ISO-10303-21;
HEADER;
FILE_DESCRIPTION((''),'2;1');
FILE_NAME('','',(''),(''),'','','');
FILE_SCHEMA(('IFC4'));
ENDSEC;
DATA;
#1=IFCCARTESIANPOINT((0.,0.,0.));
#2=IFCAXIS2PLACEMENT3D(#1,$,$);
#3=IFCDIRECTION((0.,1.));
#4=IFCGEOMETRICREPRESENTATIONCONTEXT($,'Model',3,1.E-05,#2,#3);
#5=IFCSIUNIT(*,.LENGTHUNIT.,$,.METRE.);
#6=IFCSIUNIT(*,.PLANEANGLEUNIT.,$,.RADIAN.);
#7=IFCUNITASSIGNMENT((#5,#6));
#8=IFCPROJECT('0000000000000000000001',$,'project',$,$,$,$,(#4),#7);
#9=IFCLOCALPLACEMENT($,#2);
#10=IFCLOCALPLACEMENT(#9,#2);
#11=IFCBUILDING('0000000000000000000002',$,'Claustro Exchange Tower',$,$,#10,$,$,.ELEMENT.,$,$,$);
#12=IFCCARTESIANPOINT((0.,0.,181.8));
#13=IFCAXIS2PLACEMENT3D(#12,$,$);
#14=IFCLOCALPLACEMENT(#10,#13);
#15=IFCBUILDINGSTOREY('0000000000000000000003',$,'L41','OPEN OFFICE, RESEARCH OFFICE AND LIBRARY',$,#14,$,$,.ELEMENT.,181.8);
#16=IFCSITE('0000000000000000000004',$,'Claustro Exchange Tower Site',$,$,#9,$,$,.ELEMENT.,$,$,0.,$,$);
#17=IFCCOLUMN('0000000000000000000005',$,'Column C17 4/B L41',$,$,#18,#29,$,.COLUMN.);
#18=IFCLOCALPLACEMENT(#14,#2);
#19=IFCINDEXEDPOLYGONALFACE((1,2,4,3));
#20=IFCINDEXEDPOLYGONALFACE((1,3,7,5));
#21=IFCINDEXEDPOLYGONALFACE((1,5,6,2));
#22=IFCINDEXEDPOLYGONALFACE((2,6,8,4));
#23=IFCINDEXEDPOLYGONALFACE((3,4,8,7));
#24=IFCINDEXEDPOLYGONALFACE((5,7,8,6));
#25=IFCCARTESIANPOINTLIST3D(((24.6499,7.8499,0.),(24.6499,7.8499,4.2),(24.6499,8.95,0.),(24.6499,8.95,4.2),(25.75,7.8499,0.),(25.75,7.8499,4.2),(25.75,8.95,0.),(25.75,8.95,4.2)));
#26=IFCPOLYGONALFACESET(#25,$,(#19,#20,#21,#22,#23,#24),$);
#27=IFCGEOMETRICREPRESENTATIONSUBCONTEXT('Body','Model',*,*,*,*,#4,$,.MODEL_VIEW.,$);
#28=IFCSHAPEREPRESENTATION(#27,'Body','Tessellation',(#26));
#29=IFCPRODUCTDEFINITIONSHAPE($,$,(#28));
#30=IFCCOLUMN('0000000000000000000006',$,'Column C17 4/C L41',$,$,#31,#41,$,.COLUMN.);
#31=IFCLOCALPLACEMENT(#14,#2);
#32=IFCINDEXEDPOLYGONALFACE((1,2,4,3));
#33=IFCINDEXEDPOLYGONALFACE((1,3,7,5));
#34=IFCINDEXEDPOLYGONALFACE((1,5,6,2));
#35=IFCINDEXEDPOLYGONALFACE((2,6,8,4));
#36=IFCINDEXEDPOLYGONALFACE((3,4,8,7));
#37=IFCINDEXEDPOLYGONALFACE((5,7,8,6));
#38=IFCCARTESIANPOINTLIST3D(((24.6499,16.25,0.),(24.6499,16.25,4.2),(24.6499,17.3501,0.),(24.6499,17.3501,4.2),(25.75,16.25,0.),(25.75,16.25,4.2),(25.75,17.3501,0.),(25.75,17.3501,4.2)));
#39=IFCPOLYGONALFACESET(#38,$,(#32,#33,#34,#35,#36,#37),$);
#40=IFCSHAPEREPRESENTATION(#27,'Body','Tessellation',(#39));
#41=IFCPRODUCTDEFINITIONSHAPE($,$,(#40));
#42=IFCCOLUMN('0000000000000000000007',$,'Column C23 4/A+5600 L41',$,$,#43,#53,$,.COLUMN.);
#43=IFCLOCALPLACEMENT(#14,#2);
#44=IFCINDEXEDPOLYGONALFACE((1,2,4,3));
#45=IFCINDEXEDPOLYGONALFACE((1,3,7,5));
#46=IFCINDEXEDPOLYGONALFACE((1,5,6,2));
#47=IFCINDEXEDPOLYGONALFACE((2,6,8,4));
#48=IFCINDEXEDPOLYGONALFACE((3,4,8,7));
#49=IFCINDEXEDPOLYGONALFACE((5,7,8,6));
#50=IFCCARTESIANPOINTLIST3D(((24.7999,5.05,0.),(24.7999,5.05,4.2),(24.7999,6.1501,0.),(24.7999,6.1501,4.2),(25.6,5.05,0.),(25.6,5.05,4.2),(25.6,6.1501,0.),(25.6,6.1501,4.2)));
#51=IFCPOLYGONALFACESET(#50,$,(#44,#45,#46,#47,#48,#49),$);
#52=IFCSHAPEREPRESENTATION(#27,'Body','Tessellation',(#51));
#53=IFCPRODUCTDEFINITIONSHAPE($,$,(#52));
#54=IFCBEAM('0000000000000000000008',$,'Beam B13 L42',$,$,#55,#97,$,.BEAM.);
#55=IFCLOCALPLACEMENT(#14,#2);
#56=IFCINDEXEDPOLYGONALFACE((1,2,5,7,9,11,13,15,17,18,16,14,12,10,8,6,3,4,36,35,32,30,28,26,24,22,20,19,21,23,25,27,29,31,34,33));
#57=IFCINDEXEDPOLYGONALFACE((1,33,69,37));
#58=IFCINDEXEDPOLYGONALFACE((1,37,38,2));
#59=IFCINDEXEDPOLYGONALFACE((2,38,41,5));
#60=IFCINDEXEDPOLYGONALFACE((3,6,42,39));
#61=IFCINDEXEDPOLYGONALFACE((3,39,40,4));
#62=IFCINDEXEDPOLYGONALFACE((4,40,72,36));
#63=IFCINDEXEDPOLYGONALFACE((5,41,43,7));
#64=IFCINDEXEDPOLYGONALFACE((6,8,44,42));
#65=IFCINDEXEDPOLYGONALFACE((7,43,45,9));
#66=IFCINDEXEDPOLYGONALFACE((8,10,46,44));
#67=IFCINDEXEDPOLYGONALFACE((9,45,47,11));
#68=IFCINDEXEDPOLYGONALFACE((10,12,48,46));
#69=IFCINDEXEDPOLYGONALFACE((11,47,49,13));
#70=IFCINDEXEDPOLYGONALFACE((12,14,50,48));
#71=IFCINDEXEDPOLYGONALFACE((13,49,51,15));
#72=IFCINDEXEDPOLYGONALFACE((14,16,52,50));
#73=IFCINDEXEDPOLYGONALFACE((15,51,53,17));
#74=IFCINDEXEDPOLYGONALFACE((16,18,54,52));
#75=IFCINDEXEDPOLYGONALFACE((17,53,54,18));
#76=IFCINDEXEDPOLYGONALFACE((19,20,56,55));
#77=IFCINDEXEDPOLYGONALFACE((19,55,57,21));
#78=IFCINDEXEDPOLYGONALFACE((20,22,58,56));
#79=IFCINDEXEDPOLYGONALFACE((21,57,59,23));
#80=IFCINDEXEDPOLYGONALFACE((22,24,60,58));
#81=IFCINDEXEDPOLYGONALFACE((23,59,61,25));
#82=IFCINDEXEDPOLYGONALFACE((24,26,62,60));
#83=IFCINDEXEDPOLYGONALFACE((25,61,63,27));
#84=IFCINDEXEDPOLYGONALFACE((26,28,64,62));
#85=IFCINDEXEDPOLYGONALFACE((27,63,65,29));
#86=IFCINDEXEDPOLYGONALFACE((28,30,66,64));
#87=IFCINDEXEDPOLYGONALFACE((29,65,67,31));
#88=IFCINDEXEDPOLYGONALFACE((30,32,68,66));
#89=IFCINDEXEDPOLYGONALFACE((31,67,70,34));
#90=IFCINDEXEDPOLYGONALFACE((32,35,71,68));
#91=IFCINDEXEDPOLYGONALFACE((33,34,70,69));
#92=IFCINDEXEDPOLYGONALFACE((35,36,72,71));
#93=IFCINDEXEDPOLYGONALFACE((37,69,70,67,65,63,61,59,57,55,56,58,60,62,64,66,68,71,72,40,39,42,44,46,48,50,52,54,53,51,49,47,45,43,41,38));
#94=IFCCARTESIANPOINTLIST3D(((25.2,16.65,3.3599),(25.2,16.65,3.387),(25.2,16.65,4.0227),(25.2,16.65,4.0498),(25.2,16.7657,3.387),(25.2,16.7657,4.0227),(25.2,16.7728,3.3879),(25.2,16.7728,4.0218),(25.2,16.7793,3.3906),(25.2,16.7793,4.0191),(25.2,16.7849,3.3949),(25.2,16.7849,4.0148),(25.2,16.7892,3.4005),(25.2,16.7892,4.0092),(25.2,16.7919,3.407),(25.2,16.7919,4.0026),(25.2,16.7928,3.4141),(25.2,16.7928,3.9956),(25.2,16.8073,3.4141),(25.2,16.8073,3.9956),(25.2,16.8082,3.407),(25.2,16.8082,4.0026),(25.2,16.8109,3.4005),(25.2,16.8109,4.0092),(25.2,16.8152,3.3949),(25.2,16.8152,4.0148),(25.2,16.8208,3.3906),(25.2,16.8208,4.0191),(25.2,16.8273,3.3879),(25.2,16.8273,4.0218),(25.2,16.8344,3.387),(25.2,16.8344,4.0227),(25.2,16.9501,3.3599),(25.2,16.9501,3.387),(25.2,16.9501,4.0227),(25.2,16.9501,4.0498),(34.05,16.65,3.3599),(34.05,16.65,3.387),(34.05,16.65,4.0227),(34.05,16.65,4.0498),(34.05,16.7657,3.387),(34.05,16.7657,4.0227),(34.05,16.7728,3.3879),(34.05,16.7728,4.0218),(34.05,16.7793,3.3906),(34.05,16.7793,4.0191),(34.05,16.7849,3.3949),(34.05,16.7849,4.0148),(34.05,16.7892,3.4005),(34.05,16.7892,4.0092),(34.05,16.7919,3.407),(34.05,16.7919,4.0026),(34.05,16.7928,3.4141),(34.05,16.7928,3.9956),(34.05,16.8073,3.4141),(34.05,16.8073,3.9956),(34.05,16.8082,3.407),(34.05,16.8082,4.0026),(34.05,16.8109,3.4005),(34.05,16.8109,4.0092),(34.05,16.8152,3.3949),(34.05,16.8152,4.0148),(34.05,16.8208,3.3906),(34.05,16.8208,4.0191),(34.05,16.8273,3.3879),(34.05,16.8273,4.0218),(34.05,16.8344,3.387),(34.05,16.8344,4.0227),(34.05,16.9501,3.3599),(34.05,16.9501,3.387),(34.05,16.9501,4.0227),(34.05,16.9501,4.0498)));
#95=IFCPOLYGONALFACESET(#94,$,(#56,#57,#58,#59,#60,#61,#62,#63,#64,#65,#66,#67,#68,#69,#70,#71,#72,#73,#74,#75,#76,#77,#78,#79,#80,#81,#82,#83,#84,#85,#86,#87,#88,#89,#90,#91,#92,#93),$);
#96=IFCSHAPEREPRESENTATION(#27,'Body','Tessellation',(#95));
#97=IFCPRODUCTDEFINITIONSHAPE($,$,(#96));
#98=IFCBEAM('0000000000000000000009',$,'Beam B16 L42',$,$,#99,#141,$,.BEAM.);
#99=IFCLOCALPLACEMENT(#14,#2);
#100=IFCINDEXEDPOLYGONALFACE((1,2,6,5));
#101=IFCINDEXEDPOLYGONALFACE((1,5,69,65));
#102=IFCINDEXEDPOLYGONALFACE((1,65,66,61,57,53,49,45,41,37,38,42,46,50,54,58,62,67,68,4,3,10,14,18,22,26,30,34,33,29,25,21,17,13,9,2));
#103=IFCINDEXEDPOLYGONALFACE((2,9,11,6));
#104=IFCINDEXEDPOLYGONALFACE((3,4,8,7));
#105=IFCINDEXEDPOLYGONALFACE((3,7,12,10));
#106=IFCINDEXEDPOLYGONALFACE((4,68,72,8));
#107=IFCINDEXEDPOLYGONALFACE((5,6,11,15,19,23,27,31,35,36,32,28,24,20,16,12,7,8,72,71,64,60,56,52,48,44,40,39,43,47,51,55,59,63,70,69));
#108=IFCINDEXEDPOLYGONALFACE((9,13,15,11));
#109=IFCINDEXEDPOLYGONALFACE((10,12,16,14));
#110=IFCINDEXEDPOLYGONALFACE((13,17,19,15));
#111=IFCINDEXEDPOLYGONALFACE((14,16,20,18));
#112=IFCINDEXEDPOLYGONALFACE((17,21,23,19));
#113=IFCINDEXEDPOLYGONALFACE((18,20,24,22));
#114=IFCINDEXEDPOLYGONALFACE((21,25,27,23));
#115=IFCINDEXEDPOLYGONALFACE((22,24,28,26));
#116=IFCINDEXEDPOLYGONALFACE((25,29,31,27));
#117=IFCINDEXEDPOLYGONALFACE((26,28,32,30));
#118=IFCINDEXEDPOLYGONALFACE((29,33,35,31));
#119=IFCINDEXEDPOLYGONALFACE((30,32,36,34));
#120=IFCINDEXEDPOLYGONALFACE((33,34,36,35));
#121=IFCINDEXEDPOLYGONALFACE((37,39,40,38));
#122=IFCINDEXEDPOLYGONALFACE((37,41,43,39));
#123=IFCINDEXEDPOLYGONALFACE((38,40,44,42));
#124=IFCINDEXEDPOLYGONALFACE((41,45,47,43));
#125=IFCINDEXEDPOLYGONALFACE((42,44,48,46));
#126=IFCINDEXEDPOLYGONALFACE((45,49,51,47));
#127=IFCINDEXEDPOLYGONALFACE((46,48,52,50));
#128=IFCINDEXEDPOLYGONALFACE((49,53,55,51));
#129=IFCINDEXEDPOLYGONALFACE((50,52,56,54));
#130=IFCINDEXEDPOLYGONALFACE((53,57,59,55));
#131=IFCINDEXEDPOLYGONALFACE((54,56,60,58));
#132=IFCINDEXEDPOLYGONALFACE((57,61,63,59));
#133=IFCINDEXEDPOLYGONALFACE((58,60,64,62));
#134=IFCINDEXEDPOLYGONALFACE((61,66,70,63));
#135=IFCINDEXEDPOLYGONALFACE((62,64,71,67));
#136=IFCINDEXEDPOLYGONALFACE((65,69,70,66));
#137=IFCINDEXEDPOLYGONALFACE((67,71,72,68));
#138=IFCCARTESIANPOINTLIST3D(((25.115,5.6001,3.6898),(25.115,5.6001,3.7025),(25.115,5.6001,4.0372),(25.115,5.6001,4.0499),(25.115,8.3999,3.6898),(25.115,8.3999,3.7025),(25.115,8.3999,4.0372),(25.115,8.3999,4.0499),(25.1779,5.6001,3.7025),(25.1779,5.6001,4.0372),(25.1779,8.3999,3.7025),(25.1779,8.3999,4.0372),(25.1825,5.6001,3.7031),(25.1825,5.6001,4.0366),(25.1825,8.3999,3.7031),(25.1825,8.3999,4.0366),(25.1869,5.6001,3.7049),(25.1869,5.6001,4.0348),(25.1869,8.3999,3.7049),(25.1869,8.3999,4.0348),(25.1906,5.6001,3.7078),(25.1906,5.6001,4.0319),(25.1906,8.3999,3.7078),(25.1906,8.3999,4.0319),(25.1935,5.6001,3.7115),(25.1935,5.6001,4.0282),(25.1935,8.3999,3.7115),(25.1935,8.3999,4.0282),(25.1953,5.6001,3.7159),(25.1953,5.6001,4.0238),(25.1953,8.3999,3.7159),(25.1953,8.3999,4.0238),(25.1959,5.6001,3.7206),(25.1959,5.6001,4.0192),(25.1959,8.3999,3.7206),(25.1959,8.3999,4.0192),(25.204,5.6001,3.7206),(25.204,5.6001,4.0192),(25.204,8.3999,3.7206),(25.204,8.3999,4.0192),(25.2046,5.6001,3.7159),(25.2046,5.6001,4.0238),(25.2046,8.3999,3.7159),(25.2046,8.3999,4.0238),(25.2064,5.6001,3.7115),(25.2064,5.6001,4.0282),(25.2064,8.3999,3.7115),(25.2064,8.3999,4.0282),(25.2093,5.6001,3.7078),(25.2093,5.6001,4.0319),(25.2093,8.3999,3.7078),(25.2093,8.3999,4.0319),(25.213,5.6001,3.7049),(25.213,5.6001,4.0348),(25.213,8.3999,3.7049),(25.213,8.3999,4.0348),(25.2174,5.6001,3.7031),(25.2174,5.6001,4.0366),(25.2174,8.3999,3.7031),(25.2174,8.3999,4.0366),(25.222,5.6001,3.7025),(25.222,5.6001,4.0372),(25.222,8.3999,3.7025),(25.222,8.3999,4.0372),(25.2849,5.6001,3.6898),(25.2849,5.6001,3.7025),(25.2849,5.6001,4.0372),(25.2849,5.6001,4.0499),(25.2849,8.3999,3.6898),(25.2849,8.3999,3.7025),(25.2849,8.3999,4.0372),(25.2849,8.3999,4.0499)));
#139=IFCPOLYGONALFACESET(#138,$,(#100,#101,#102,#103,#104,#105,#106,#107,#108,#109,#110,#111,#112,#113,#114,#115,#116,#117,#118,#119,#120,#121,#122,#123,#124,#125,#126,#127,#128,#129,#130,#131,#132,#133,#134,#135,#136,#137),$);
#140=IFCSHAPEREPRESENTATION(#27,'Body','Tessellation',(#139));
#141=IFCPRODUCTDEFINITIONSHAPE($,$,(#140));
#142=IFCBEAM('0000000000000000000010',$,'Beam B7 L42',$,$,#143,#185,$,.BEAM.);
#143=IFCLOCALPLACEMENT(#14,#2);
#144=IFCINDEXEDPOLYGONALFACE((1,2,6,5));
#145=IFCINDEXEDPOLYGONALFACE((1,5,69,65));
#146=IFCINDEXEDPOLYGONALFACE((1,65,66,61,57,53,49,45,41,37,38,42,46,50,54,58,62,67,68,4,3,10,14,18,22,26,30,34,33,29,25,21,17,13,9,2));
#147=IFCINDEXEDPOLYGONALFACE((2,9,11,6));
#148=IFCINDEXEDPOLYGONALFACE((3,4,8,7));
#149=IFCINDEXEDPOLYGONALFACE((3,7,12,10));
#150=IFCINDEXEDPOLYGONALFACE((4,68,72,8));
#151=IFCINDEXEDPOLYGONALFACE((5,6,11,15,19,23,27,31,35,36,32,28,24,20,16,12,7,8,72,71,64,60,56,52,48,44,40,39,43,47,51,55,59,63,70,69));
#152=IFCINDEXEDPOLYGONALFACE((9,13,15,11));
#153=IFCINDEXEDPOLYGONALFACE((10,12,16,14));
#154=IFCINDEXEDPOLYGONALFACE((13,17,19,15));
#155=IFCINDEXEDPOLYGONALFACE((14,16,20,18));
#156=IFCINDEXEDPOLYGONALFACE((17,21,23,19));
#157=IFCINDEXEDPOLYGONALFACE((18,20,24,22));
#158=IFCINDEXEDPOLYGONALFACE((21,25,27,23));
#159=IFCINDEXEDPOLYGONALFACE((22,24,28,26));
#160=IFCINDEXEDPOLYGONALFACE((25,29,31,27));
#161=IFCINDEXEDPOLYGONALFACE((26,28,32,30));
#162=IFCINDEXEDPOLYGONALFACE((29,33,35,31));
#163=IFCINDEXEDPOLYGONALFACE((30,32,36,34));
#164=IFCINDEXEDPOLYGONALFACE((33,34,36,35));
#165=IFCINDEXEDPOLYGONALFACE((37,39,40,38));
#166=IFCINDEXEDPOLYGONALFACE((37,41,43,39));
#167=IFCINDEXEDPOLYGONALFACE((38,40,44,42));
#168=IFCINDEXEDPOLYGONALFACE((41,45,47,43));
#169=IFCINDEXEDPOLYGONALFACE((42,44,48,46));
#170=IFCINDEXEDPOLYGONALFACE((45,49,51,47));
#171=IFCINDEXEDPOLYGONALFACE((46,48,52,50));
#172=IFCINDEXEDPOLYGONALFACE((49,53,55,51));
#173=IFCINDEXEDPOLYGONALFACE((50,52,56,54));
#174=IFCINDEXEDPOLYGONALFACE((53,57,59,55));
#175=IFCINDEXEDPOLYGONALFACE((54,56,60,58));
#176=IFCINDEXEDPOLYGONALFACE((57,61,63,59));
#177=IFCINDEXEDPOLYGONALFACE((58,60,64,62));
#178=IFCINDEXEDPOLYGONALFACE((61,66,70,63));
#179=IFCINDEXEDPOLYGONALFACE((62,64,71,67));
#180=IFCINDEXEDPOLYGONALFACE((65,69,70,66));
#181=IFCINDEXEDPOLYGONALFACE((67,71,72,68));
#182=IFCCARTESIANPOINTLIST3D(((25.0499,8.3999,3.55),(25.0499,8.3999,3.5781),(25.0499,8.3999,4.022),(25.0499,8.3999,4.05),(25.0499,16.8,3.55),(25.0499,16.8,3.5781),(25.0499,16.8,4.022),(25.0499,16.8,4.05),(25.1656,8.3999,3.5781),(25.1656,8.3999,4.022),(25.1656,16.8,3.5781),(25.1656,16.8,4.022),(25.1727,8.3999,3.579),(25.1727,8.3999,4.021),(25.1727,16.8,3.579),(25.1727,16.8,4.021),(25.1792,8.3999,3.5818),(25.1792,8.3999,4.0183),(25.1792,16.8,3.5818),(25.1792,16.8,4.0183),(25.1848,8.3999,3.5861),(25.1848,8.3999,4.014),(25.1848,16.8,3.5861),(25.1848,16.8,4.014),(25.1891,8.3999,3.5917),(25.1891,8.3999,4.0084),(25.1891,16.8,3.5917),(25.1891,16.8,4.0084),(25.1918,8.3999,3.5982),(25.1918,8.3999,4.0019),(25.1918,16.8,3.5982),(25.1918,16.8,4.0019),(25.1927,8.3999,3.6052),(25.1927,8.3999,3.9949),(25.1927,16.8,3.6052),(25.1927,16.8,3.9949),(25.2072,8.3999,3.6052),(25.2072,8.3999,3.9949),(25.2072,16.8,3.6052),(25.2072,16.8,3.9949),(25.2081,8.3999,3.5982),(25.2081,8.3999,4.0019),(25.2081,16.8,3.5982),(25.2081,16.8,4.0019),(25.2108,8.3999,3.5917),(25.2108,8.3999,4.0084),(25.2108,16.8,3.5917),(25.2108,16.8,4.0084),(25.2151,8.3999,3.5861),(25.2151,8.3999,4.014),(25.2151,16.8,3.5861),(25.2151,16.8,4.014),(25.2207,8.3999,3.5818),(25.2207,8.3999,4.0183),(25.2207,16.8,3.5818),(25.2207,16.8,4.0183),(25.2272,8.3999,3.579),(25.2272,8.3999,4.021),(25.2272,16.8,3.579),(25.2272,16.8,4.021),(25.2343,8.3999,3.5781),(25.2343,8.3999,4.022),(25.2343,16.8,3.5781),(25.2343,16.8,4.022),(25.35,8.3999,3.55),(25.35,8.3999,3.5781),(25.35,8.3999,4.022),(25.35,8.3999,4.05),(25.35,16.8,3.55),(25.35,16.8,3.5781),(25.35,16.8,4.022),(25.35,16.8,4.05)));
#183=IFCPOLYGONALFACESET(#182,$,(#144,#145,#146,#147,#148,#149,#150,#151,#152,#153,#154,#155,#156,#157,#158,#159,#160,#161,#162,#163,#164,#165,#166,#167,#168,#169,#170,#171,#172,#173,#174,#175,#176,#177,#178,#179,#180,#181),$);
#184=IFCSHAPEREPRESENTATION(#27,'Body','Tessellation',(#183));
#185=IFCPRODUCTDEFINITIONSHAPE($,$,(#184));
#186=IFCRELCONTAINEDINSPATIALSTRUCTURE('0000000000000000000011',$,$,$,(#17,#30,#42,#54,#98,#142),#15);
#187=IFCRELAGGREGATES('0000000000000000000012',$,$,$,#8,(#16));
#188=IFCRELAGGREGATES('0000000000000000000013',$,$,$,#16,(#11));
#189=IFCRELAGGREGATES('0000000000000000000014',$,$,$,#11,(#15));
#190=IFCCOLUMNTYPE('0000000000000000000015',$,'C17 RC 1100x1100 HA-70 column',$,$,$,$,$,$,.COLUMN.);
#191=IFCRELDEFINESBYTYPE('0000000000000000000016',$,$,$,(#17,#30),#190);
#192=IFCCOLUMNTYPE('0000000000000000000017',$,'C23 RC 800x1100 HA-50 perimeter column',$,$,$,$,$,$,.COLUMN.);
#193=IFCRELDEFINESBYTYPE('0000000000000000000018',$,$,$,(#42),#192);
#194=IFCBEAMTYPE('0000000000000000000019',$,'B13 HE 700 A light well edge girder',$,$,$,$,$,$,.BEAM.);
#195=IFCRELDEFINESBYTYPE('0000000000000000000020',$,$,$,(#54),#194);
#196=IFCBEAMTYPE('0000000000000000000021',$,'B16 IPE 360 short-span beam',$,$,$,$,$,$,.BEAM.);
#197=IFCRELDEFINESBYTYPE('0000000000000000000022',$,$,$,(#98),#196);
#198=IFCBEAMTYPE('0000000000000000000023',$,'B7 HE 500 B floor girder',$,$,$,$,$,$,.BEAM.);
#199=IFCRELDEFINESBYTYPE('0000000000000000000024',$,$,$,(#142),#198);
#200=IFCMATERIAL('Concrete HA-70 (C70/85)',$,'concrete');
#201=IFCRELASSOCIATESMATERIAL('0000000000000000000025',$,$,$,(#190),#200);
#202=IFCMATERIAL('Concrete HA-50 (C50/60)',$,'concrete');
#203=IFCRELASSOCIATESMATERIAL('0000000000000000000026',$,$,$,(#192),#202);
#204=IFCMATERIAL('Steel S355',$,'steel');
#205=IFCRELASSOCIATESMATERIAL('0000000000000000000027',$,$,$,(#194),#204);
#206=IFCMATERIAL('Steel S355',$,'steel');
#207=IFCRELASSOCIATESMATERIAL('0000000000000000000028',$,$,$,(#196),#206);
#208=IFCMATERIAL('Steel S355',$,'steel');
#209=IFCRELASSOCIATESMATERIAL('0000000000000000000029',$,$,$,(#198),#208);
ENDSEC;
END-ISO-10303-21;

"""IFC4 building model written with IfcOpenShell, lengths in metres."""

from ifc_helpers import new_model, si_unit, direction, frame, origin, origin_2d, place, context, subcontext, project, spatial, rectangle, i_section, extrude, material, material_profile, profile_set, type_object, element, save


model = new_model("IFC4")

# Units and contexts
model_context = context("Model", 3, precision=1e-05, world=origin(), true_north=direction((0.0, 1.0)))
body_context = subcontext(model_context, "Body", "Model", "MODEL_VIEW")
ifc_project = project(units=[si_unit("LENGTHUNIT", "METRE"), si_unit("PLANEANGLEUNIT", "RADIAN")], contexts=[model_context])

# Site, building, storey
site_placement = place(None, origin())
site = spatial("IfcSite", under=ifc_project, at=site_placement, Name="Claustro Exchange Tower Site", CompositionType="ELEMENT", RefElevation=0.0)
building_placement = place(site_placement, origin())
building = spatial("IfcBuilding", under=site, at=building_placement, Name="Claustro Exchange Tower", CompositionType="ELEMENT")
storey_placement = place(building_placement, frame((0.0, 0.0, 181.8)))
storey = spatial("IfcBuildingStorey", under=building, at=storey_placement, Name="L41", Description="OPEN OFFICE, RESEARCH OFFICE AND LIBRARY", CompositionType="ELEMENT", Elevation=181.8)

# Columns
ifc_material_1 = material(Name="Concrete HA-70 (C70/85)", Category="concrete")
ifc_material_profile_1 = material_profile(ifc_material_1, rectangle(XDim=1.1001, YDim=1.1001, at=origin_2d()), Name="RC 1100x1100")
ifc_profile_set_1 = profile_set([ifc_material_profile_1], Name="Concrete HA-70 (C70/85)")
column_type_1 = type_object("IfcColumnType", Name="C17 RC 1100x1100 HA-70 column", PredefinedType="COLUMN", material=ifc_profile_set_1)
for number, where, z_axis, x_axis, name in (
    (1, (25.2, 8.3999, 0.0), (0.0, 0.0, 1.0), (1.0, 0.0, 0.0), "Column C17 4/B L41"),
    (2, (25.2, 16.8, 0.0), (0.0, 0.0, 1.0), (1.0, 0.0, 0.0), "Column C17 4/C L41"),
):
    element("IfcColumn", number, at=place(storey_placement, frame(where, z_axis=z_axis, x_axis=x_axis)), inside=storey, type_object=column_type_1, Name=name, PredefinedType="COLUMN", context=body_context, shape_type="SweptSolid", body=[
        extrude(rectangle(XDim=1.1001, YDim=1.1001, at=origin_2d()), origin(), (0.0, 0.0, 1.0), 4.2),
    ])
ifc_material_2 = material(Name="Concrete HA-50 (C50/60)", Category="concrete")
ifc_material_profile_2 = material_profile(ifc_material_2, rectangle(XDim=0.8, YDim=1.1001, at=origin_2d()), Name="RC 800x1100")
ifc_profile_set_2 = profile_set([ifc_material_profile_2], Name="Concrete HA-50 (C50/60)")
column_type_2 = type_object("IfcColumnType", Name="C23 RC 800x1100 HA-50 perimeter column", PredefinedType="COLUMN", material=ifc_profile_set_2)
column_placement = place(storey_placement, frame((25.2, 5.6001, 0.0), z_axis=(0.0, 0.0, 1.0), x_axis=(1.0, 0.0, 0.0)))
element("IfcColumn", 3, at=column_placement, inside=storey, type_object=column_type_2, Name="Column C23 4/A+5600 L41", PredefinedType="COLUMN", context=body_context, shape_type="SweptSolid", body=[
    extrude(rectangle(XDim=0.8, YDim=1.1001, at=origin_2d()), origin(), (0.0, 0.0, 1.0), 4.2),
])

# Beams
ifc_material_3 = material(Name="Steel S355", Category="steel")
ifc_material_profile_3 = material_profile(ifc_material_3, i_section(OverallWidth=0.3, OverallDepth=0.6899, WebThickness=0.0144, FlangeThickness=0.0271, FilletRadius=0.0271, at=origin_2d()), Name="HE 700 A")
ifc_profile_set_3 = profile_set([ifc_material_profile_3], Name="Steel S355")
beam_type_1 = type_object("IfcBeamType", Name="B13 HE 700 A light well edge girder", PredefinedType="BEAM", material=ifc_profile_set_3)
beam_1_placement = place(storey_placement, frame((25.2, 16.8, 3.7048), z_axis=(1.0, 0.0, 0.0), x_axis=(0.0, 1.0, 0.0)))
element("IfcBeam", 4, at=beam_1_placement, inside=storey, type_object=beam_type_1, Name="Beam B13 L42", PredefinedType="BEAM", context=body_context, shape_type="SweptSolid", body=[
    extrude(i_section(OverallWidth=0.3, OverallDepth=0.6899, WebThickness=0.0144, FlangeThickness=0.0271, FilletRadius=0.0271, at=origin_2d()), origin(), (0.0, 0.0, 1.0), 8.8501),
])
ifc_material_4 = material(Name="Steel S355", Category="steel")
ifc_material_profile_4 = material_profile(ifc_material_4, i_section(OverallWidth=0.1699, OverallDepth=0.3601, WebThickness=0.0081, FlangeThickness=0.0127, FilletRadius=0.0181, at=origin_2d()), Name="IPE 360")
ifc_profile_set_4 = profile_set([ifc_material_profile_4], Name="Steel S355")
beam_type_2 = type_object("IfcBeamType", Name="B16 IPE 360 short-span beam", PredefinedType="BEAM", material=ifc_profile_set_4)
beam_2_placement = place(storey_placement, frame((25.2, 5.6001, 3.8699), z_axis=(0.0, 1.0, 0.0), x_axis=(-1.0, 0.0, 0.0)))
element("IfcBeam", 5, at=beam_2_placement, inside=storey, type_object=beam_type_2, Name="Beam B16 L42", PredefinedType="BEAM", context=body_context, shape_type="SweptSolid", body=[
    extrude(i_section(OverallWidth=0.1699, OverallDepth=0.3601, WebThickness=0.0081, FlangeThickness=0.0127, FilletRadius=0.0181, at=origin_2d()), origin(), (0.0, 0.0, 1.0), 2.7998),
])
ifc_material_5 = material(Name="Steel S355", Category="steel")
ifc_material_profile_5 = material_profile(ifc_material_5, i_section(OverallWidth=0.3, OverallDepth=0.5, WebThickness=0.0144, FlangeThickness=0.0281, FilletRadius=0.0271, at=origin_2d()), Name="HE 500 B")
ifc_profile_set_5 = profile_set([ifc_material_profile_5], Name="Steel S355")
beam_type_3 = type_object("IfcBeamType", Name="B7 HE 500 B floor girder", PredefinedType="BEAM", material=ifc_profile_set_5)
for number, where, z_axis, x_axis, name in (
    (6, (25.2, 8.3999, 3.8), (0.0, 1.0, 0.0), (-1.0, 0.0, 0.0), "Beam B7 L42"),
):
    element("IfcBeam", number, at=place(storey_placement, frame(where, z_axis=z_axis, x_axis=x_axis)), inside=storey, type_object=beam_type_3, Name=name, PredefinedType="BEAM", context=body_context, shape_type="SweptSolid", body=[
        extrude(i_section(OverallWidth=0.3, OverallDepth=0.5, WebThickness=0.0144, FlangeThickness=0.0281, FilletRadius=0.0271, at=origin_2d()), origin(), (0.0, 0.0, 1.0), 8.4001),
    ])

save(model, "model.ifc")
